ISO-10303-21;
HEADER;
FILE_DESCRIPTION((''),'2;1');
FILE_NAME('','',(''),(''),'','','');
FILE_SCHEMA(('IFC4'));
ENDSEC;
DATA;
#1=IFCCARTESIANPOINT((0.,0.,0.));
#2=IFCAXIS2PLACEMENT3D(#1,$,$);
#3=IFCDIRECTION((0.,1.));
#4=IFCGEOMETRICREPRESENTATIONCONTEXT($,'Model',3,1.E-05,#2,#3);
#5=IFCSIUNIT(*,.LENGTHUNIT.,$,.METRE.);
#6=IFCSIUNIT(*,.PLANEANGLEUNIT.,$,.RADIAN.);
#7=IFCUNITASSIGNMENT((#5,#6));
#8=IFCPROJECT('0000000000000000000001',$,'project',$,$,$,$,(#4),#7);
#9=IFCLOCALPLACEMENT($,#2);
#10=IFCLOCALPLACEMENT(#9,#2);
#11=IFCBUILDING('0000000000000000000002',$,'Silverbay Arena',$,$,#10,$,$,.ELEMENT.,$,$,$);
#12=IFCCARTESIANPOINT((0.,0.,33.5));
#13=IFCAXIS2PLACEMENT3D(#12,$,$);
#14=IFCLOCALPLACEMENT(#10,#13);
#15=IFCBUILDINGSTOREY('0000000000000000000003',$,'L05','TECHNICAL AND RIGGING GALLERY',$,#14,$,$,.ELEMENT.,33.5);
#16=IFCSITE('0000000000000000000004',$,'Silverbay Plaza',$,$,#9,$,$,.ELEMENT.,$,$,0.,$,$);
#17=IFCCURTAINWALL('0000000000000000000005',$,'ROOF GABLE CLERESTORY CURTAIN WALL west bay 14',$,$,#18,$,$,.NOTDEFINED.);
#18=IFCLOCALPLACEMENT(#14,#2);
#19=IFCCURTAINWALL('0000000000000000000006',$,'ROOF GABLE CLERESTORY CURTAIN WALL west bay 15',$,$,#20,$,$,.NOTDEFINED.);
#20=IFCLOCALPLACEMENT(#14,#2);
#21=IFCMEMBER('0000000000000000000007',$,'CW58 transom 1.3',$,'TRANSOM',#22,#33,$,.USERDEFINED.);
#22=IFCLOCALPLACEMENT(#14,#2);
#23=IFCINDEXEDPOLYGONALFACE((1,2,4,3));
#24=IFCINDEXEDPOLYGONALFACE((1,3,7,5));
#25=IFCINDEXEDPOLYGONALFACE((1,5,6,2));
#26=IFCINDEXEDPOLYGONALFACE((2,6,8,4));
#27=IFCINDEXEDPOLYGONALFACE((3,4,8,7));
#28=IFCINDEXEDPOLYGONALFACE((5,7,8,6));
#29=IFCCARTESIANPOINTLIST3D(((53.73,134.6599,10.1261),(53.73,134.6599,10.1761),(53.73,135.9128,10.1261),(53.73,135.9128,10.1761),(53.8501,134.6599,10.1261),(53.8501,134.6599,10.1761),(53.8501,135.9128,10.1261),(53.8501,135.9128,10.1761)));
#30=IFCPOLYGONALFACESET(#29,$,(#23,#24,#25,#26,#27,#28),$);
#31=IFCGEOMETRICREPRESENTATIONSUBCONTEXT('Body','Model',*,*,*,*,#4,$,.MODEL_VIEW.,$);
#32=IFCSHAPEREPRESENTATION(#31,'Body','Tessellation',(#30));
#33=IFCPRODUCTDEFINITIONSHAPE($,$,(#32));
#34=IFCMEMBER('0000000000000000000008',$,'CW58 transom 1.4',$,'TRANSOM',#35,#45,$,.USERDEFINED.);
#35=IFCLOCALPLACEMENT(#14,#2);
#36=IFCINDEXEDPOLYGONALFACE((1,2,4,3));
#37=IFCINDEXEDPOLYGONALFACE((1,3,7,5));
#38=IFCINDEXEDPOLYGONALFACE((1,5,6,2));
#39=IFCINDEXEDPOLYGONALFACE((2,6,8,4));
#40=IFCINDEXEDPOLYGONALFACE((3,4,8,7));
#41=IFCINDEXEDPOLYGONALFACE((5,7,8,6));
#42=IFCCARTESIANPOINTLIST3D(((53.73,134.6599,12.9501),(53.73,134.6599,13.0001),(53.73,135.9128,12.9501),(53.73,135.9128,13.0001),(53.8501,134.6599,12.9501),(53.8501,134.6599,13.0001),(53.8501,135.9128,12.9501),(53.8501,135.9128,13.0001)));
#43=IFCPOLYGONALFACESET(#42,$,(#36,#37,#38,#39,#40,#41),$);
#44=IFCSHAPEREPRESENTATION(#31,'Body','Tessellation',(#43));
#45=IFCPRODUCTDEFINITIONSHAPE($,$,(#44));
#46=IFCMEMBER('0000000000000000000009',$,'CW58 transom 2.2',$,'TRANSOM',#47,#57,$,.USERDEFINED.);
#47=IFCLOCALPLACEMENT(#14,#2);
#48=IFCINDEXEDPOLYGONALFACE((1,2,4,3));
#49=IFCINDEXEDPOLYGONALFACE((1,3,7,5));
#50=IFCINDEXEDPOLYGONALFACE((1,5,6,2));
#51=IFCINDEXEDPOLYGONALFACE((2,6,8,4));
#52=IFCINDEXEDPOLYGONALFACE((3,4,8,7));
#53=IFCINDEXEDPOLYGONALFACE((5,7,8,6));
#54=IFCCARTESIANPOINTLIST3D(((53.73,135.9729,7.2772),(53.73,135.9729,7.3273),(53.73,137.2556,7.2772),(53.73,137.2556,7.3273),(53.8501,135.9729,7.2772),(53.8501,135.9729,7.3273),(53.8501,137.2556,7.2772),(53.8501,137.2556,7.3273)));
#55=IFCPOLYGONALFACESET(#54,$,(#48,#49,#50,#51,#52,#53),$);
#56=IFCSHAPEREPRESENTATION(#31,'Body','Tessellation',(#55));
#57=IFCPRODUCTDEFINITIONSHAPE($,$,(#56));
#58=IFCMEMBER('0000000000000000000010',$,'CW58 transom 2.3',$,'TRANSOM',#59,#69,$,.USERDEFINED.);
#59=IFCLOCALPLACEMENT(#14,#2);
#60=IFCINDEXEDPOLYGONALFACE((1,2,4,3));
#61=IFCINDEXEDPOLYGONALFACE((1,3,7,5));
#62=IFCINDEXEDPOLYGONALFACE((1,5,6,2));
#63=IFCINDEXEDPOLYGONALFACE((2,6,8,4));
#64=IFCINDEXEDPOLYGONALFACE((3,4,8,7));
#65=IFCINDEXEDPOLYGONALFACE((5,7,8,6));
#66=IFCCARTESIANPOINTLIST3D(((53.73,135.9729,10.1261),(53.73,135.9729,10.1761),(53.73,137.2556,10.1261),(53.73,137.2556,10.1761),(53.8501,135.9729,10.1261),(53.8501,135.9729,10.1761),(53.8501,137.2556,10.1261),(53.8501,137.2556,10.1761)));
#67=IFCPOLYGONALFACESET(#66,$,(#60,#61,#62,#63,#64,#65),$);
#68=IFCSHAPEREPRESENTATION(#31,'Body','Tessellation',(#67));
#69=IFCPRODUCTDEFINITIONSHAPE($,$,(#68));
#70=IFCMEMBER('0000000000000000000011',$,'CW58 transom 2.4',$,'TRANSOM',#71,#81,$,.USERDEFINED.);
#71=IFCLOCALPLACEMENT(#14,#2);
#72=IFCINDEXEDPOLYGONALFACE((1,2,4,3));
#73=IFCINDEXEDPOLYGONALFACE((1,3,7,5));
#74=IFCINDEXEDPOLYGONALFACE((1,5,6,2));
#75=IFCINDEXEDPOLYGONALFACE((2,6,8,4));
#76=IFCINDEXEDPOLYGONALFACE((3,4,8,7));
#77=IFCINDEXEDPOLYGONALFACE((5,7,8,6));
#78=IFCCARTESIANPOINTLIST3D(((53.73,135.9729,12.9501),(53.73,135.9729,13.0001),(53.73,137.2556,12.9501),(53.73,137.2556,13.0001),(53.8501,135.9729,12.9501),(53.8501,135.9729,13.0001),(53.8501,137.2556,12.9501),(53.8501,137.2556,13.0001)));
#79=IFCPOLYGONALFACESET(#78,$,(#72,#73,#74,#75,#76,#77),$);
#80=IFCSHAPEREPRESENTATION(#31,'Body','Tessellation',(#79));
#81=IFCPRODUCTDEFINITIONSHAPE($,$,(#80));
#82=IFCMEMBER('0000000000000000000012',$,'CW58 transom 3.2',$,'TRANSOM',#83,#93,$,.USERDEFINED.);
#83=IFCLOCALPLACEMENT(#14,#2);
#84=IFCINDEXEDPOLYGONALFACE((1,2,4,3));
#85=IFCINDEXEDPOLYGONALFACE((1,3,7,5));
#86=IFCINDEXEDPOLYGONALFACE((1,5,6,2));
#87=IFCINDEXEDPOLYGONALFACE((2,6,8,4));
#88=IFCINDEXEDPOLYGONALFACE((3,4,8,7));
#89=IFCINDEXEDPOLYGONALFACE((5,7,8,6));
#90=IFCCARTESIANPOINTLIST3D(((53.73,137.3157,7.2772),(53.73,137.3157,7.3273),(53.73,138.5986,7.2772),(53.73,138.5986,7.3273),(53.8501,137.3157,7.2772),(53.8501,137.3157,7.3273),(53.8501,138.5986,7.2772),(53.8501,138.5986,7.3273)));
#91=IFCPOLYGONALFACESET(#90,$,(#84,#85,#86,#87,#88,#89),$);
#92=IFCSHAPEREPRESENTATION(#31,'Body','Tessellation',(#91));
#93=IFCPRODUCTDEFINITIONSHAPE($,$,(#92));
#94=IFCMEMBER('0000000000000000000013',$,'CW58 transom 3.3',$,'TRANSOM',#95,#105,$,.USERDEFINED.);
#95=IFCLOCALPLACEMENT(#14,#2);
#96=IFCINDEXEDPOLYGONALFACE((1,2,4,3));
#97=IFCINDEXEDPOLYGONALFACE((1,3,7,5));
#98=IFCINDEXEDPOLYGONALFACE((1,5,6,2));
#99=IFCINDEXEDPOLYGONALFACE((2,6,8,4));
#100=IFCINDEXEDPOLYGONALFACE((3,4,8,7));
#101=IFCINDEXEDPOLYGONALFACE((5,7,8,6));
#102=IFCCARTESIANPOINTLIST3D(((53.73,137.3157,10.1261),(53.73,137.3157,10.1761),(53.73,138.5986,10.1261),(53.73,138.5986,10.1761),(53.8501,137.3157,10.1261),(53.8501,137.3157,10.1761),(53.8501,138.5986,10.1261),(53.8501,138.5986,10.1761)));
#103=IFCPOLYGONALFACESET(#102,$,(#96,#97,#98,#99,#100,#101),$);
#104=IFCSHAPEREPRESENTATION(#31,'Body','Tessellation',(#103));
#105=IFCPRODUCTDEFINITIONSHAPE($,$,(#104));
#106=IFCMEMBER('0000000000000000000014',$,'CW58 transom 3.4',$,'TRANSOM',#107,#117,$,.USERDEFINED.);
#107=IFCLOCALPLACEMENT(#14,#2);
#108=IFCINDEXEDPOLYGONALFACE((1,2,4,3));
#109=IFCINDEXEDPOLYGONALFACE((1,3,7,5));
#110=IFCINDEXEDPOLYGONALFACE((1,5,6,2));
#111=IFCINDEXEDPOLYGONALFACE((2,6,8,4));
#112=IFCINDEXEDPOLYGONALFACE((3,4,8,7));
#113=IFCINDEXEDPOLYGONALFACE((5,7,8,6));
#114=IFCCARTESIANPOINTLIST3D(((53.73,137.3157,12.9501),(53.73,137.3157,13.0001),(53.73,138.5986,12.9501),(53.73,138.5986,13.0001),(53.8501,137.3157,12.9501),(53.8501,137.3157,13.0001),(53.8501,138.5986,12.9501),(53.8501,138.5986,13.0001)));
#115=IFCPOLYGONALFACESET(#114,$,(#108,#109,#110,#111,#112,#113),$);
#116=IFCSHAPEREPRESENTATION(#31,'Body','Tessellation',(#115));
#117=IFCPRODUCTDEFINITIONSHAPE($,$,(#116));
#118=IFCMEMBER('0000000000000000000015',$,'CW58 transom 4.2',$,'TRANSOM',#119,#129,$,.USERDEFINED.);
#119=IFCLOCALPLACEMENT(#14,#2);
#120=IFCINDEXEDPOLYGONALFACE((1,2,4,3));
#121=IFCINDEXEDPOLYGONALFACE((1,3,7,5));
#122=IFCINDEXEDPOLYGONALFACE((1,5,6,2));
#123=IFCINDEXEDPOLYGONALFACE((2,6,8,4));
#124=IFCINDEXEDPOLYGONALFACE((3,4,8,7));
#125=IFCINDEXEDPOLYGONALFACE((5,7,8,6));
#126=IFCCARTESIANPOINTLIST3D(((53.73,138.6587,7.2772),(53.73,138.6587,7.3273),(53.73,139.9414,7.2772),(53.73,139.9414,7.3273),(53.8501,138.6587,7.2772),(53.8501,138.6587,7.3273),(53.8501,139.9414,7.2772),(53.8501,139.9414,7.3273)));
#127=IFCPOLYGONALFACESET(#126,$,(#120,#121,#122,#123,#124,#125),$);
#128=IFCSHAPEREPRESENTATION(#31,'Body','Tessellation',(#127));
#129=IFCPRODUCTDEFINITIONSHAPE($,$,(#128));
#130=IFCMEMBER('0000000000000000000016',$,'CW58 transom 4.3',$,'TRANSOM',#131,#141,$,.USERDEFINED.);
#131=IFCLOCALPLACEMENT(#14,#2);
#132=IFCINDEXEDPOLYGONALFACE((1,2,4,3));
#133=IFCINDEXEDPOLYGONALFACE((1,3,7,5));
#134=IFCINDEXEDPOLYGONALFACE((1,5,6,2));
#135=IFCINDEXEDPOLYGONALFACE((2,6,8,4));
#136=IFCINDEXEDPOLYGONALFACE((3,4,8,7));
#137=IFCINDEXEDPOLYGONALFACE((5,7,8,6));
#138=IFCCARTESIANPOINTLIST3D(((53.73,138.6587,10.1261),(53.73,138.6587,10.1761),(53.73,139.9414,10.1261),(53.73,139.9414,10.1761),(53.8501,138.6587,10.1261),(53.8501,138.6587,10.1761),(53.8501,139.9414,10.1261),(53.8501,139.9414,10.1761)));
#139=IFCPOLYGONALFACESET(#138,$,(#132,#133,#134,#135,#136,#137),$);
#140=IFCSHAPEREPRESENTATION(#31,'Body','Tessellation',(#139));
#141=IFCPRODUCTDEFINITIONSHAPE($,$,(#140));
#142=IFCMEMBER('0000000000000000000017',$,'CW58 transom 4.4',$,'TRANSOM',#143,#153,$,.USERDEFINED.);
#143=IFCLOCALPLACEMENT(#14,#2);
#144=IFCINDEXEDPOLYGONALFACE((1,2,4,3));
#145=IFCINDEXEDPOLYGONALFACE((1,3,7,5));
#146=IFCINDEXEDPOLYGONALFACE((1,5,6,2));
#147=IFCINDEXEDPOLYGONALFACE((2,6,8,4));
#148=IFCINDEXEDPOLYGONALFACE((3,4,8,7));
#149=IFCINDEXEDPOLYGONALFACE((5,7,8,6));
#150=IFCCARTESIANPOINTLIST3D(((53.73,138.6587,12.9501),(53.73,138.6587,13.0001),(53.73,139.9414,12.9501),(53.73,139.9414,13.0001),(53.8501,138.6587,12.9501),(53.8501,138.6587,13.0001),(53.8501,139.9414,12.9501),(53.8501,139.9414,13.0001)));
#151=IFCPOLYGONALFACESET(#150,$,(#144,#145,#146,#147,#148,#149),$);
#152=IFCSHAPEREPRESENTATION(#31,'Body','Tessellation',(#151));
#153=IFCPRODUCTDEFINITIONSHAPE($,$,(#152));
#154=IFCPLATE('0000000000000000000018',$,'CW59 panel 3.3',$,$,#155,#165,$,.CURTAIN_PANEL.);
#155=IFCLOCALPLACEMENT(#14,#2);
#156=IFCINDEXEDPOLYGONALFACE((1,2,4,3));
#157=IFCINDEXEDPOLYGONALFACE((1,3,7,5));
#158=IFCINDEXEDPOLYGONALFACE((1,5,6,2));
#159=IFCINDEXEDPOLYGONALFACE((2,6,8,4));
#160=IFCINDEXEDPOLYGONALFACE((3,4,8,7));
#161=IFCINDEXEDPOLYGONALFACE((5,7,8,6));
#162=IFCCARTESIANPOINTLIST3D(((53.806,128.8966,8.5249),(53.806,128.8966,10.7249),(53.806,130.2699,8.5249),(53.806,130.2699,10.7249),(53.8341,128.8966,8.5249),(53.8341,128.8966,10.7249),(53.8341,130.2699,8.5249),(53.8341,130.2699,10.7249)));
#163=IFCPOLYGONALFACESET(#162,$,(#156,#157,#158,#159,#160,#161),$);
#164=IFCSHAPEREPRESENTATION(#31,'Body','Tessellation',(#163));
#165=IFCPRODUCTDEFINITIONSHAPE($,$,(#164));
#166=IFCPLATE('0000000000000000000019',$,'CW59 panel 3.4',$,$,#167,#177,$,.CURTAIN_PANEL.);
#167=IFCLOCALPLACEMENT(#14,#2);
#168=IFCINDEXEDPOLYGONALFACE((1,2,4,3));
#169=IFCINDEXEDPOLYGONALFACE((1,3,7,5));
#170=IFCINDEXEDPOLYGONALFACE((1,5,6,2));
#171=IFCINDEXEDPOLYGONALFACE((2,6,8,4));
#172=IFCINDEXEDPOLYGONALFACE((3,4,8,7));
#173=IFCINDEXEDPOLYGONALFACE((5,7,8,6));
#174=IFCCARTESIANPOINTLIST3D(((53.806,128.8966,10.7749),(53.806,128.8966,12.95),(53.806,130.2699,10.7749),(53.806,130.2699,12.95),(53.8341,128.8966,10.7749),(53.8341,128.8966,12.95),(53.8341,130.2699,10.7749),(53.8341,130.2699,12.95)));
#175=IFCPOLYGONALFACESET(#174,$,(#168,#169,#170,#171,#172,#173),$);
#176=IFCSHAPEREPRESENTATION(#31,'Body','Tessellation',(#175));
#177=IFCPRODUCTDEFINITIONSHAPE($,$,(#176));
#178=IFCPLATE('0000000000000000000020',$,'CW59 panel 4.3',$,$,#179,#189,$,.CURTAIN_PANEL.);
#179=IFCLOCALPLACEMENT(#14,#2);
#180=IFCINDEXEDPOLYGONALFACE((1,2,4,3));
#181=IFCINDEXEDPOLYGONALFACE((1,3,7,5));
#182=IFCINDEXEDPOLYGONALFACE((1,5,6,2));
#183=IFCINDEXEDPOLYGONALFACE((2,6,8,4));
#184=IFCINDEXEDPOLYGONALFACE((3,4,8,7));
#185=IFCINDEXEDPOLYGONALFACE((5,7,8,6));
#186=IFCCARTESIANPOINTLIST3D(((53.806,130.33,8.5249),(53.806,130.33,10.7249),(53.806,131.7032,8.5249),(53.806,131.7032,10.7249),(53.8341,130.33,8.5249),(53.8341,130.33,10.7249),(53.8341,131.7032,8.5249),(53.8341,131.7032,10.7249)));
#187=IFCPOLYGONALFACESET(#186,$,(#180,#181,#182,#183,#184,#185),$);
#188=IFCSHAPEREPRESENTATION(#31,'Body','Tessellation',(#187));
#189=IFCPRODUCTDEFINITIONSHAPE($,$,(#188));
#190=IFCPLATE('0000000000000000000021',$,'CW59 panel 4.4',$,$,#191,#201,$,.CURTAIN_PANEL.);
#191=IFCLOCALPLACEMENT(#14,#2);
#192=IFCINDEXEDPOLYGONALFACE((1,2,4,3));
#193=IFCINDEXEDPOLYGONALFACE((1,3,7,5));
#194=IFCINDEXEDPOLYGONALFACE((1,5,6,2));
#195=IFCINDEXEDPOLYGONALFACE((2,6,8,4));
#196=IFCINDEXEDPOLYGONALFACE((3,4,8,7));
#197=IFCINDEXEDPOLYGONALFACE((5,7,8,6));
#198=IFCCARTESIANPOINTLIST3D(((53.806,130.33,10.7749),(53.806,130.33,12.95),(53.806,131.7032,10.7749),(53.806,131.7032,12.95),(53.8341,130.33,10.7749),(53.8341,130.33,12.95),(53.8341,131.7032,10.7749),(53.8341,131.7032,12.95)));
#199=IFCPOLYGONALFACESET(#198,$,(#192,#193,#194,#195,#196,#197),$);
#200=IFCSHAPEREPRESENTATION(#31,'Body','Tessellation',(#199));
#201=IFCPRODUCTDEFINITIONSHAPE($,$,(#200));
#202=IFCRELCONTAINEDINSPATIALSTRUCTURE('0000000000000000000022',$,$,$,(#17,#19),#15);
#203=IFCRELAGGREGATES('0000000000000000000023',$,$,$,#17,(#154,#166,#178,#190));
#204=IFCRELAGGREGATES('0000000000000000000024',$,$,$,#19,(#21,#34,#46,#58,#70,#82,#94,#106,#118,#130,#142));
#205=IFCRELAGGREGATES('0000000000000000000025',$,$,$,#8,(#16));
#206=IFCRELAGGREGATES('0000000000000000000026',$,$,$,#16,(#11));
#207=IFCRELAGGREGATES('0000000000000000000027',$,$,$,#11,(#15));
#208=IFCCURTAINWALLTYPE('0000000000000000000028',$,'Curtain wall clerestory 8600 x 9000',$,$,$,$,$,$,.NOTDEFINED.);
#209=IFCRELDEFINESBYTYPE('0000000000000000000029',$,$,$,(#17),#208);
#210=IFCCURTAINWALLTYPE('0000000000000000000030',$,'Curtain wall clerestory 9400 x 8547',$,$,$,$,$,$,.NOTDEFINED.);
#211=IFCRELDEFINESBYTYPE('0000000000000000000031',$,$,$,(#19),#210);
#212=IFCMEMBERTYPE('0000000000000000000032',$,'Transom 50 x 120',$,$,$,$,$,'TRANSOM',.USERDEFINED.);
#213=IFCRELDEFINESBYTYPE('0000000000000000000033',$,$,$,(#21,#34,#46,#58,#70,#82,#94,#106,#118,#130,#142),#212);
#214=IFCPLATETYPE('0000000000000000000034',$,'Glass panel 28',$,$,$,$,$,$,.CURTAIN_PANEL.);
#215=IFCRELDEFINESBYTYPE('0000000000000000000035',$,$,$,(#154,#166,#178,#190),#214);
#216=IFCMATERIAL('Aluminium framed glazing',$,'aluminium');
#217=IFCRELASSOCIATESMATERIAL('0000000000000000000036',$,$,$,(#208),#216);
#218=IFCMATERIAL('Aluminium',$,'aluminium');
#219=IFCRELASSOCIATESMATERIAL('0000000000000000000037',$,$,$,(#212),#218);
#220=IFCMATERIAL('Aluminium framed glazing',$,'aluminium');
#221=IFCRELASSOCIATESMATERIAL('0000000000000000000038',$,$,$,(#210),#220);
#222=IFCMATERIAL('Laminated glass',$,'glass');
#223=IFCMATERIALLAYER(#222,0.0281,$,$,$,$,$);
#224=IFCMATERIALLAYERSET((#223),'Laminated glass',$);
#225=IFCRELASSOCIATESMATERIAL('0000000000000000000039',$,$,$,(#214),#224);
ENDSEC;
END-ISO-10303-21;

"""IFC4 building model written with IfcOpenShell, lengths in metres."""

from ifc_helpers import new_model, si_unit, direction, frame, origin, origin_2d, place, context, subcontext, project, spatial, rectangle, extrude, material, layer, layer_set, material_profile, profile_set, type_object, element, aggregate, save


model = new_model("IFC4")

# Units and contexts
model_context = context("Model", 3, precision=1e-05, world=origin(), true_north=direction((0.0, 1.0)))
body_context = subcontext(model_context, "Body", "Model", "MODEL_VIEW")
ifc_project = project(units=[si_unit("LENGTHUNIT", "METRE"), si_unit("PLANEANGLEUNIT", "RADIAN")], contexts=[model_context])

# Site, building, storey
site_placement = place(None, origin())
site = spatial("IfcSite", under=ifc_project, at=site_placement, Name="Silverbay Plaza", CompositionType="ELEMENT", RefElevation=0.0)
building_placement = place(site_placement, origin())
building = spatial("IfcBuilding", under=site, at=building_placement, Name="Silverbay Arena", CompositionType="ELEMENT")
storey_placement = place(building_placement, frame((0.0, 0.0, 33.5)))
storey = spatial("IfcBuildingStorey", under=building, at=storey_placement, Name="L05", Description="TECHNICAL AND RIGGING GALLERY", CompositionType="ELEMENT", Elevation=33.5)

# Curtain walls, members
ifc_material_1 = material(Name="Aluminium framed glazing", Category="aluminium")
curtain_wall_type_1 = type_object("IfcCurtainWallType", Name="Curtain wall clerestory 8600 x 9000", PredefinedType="NOTDEFINED", material=ifc_material_1)
curtain_wall_1_placement = place(storey_placement, origin())
curtain_wall_1 = element("IfcCurtainWall", 1, at=curtain_wall_1_placement, inside=storey, type_object=curtain_wall_type_1, Name="ROOF GABLE CLERESTORY CURTAIN WALL west bay 14", PredefinedType="NOTDEFINED")
ifc_material_2 = material(Name="Aluminium", Category="aluminium")
ifc_material_profile_1 = material_profile(ifc_material_2, rectangle(XDim=0.1201, YDim=0.05, at=origin_2d()), Name="Transom 50 x 120")
ifc_profile_set_1 = profile_set([ifc_material_profile_1], Name="Aluminium")
member_type_1 = type_object("IfcMemberType", Name="Transom 50 x 120", ElementType="TRANSOM", PredefinedType="USERDEFINED", material=ifc_profile_set_1)
ifc_material_3 = material(Name="Aluminium framed glazing", Category="aluminium")
curtain_wall_type_2 = type_object("IfcCurtainWallType", Name="Curtain wall clerestory 9400 x 8547", PredefinedType="NOTDEFINED", material=ifc_material_3)
curtain_wall_2_placement = place(storey_placement, origin())
curtain_wall_2 = element("IfcCurtainWall", 2, at=curtain_wall_2_placement, inside=storey, type_object=curtain_wall_type_2, Name="ROOF GABLE CLERESTORY CURTAIN WALL west bay 15", PredefinedType="NOTDEFINED")
member_1_placement = place(storey_placement, frame((53.79, 134.6599, 10.1511), z_axis=(0.0, 1.0, 0.0), x_axis=(-1.0, 0.0, 0.0)))
member_1 = element("IfcMember", 3, at=member_1_placement, type_object=member_type_1, Name="CW58 transom 1.3", ObjectType="TRANSOM", PredefinedType="USERDEFINED", context=body_context, shape_type="SweptSolid", body=[
    extrude(rectangle(XDim=0.1201, YDim=0.05, at=origin_2d()), origin(), (0.0, 0.0, 1.0), 1.2529),
])
member_2_placement = place(storey_placement, frame((53.79, 134.6599, 12.9751), z_axis=(0.0, 1.0, 0.0), x_axis=(-1.0, 0.0, 0.0)))
member_2 = element("IfcMember", 4, at=member_2_placement, type_object=member_type_1, Name="CW58 transom 1.4", ObjectType="TRANSOM", PredefinedType="USERDEFINED", context=body_context, shape_type="SweptSolid", body=[
    extrude(rectangle(XDim=0.1201, YDim=0.05, at=origin_2d()), origin(), (0.0, 0.0, 1.0), 1.2529),
])
member_3_placement = place(storey_placement, frame((53.79, 135.9729, 7.3022), z_axis=(0.0, 1.0, 0.0), x_axis=(-1.0, 0.0, 0.0)))
member_3 = element("IfcMember", 5, at=member_3_placement, type_object=member_type_1, Name="CW58 transom 2.2", ObjectType="TRANSOM", PredefinedType="USERDEFINED", context=body_context, shape_type="SweptSolid", body=[
    extrude(rectangle(XDim=0.1201, YDim=0.05, at=origin_2d()), origin(), (0.0, 0.0, 1.0), 1.2827),
])
member_4_placement = place(storey_placement, frame((53.79, 135.9729, 10.1511), z_axis=(0.0, 1.0, 0.0), x_axis=(-1.0, 0.0, 0.0)))
member_4 = element("IfcMember", 6, at=member_4_placement, type_object=member_type_1, Name="CW58 transom 2.3", ObjectType="TRANSOM", PredefinedType="USERDEFINED", context=body_context, shape_type="SweptSolid", body=[
    extrude(rectangle(XDim=0.1201, YDim=0.05, at=origin_2d()), origin(), (0.0, 0.0, 1.0), 1.2827),
])
member_5_placement = place(storey_placement, frame((53.79, 135.9729, 12.9751), z_axis=(0.0, 1.0, 0.0), x_axis=(-1.0, 0.0, 0.0)))
member_5 = element("IfcMember", 7, at=member_5_placement, type_object=member_type_1, Name="CW58 transom 2.4", ObjectType="TRANSOM", PredefinedType="USERDEFINED", context=body_context, shape_type="SweptSolid", body=[
    extrude(rectangle(XDim=0.1201, YDim=0.05, at=origin_2d()), origin(), (0.0, 0.0, 1.0), 1.2827),
])
member_6_placement = place(storey_placement, frame((53.79, 137.3157, 7.3022), z_axis=(0.0, 1.0, 0.0), x_axis=(-1.0, 0.0, 0.0)))
member_6 = element("IfcMember", 8, at=member_6_placement, type_object=member_type_1, Name="CW58 transom 3.2", ObjectType="TRANSOM", PredefinedType="USERDEFINED", context=body_context, shape_type="SweptSolid", body=[
    extrude(rectangle(XDim=0.1201, YDim=0.05, at=origin_2d()), origin(), (0.0, 0.0, 1.0), 1.283),
])
member_7_placement = place(storey_placement, frame((53.79, 137.3157, 10.1511), z_axis=(0.0, 1.0, 0.0), x_axis=(-1.0, 0.0, 0.0)))
member_7 = element("IfcMember", 9, at=member_7_placement, type_object=member_type_1, Name="CW58 transom 3.3", ObjectType="TRANSOM", PredefinedType="USERDEFINED", context=body_context, shape_type="SweptSolid", body=[
    extrude(rectangle(XDim=0.1201, YDim=0.05, at=origin_2d()), origin(), (0.0, 0.0, 1.0), 1.283),
])
member_8_placement = place(storey_placement, frame((53.79, 137.3157, 12.9751), z_axis=(0.0, 1.0, 0.0), x_axis=(-1.0, 0.0, 0.0)))
member_8 = element("IfcMember", 10, at=member_8_placement, type_object=member_type_1, Name="CW58 transom 3.4", ObjectType="TRANSOM", PredefinedType="USERDEFINED", context=body_context, shape_type="SweptSolid", body=[
    extrude(rectangle(XDim=0.1201, YDim=0.05, at=origin_2d()), origin(), (0.0, 0.0, 1.0), 1.283),
])
member_9_placement = place(storey_placement, frame((53.79, 138.6587, 7.3022), z_axis=(0.0, 1.0, 0.0), x_axis=(-1.0, 0.0, 0.0)))
member_9 = element("IfcMember", 11, at=member_9_placement, type_object=member_type_1, Name="CW58 transom 4.2", ObjectType="TRANSOM", PredefinedType="USERDEFINED", context=body_context, shape_type="SweptSolid", body=[
    extrude(rectangle(XDim=0.1201, YDim=0.05, at=origin_2d()), origin(), (0.0, 0.0, 1.0), 1.2827),
])
member_10_placement = place(storey_placement, frame((53.79, 138.6587, 10.1511), z_axis=(0.0, 1.0, 0.0), x_axis=(-1.0, 0.0, 0.0)))
member_10 = element("IfcMember", 12, at=member_10_placement, type_object=member_type_1, Name="CW58 transom 4.3", ObjectType="TRANSOM", PredefinedType="USERDEFINED", context=body_context, shape_type="SweptSolid", body=[
    extrude(rectangle(XDim=0.1201, YDim=0.05, at=origin_2d()), origin(), (0.0, 0.0, 1.0), 1.2827),
])
member_11_placement = place(storey_placement, frame((53.79, 138.6587, 12.9751), z_axis=(0.0, 1.0, 0.0), x_axis=(-1.0, 0.0, 0.0)))
member_11 = element("IfcMember", 13, at=member_11_placement, type_object=member_type_1, Name="CW58 transom 4.4", ObjectType="TRANSOM", PredefinedType="USERDEFINED", context=body_context, shape_type="SweptSolid", body=[
    extrude(rectangle(XDim=0.1201, YDim=0.05, at=origin_2d()), origin(), (0.0, 0.0, 1.0), 1.2827),
])

# Plates
ifc_material_4 = material(Name="Laminated glass", Category="glass")
ifc_layer = layer(ifc_material_4, 0.0281)
ifc_layer_set = layer_set([ifc_layer], Name="Laminated glass")
plate_type = type_object("IfcPlateType", Name="Glass panel 28", PredefinedType="CURTAIN_PANEL", material=ifc_layer_set)
plate_1_placement = place(storey_placement, frame((53.8201, 129.5833, 8.5249), z_axis=(0.0, 0.0, 1.0), x_axis=(0.0, 1.0, 0.0)))
plate_1 = element("IfcPlate", 14, at=plate_1_placement, type_object=plate_type, Name="CW59 panel 3.3", PredefinedType="CURTAIN_PANEL", context=body_context, shape_type="SweptSolid", body=[
    extrude(rectangle(XDim=1.3733, YDim=0.0281, at=origin_2d()), origin(), (0.0, 0.0, 1.0), 2.2),
])
plate_2_placement = place(storey_placement, frame((53.8201, 129.5833, 10.7749), z_axis=(0.0, 0.0, 1.0), x_axis=(0.0, 1.0, 0.0)))
plate_2 = element("IfcPlate", 15, at=plate_2_placement, type_object=plate_type, Name="CW59 panel 3.4", PredefinedType="CURTAIN_PANEL", context=body_context, shape_type="SweptSolid", body=[
    extrude(rectangle(XDim=1.3733, YDim=0.0281, at=origin_2d()), origin(), (0.0, 0.0, 1.0), 2.175),
])
plate_3_placement = place(storey_placement, frame((53.8201, 131.0166, 8.5249), z_axis=(0.0, 0.0, 1.0), x_axis=(0.0, 1.0, 0.0)))
plate_3 = element("IfcPlate", 16, at=plate_3_placement, type_object=plate_type, Name="CW59 panel 4.3", PredefinedType="CURTAIN_PANEL", context=body_context, shape_type="SweptSolid", body=[
    extrude(rectangle(XDim=1.3733, YDim=0.0281, at=origin_2d()), origin(), (0.0, 0.0, 1.0), 2.2),
])
plate_4_placement = place(storey_placement, frame((53.8201, 131.0166, 10.7749), z_axis=(0.0, 0.0, 1.0), x_axis=(0.0, 1.0, 0.0)))
plate_4 = element("IfcPlate", 17, at=plate_4_placement, type_object=plate_type, Name="CW59 panel 4.4", PredefinedType="CURTAIN_PANEL", context=body_context, shape_type="SweptSolid", body=[
    extrude(rectangle(XDim=1.3733, YDim=0.0281, at=origin_2d()), origin(), (0.0, 0.0, 1.0), 2.175),
])
aggregate(curtain_wall_1, [plate_1, plate_2, plate_3, plate_4])
aggregate(curtain_wall_2, [member_1, member_2, member_3, member_4, member_5, member_6, member_7, member_8, member_9, member_10, member_11])

save(model, "model.ifc")
